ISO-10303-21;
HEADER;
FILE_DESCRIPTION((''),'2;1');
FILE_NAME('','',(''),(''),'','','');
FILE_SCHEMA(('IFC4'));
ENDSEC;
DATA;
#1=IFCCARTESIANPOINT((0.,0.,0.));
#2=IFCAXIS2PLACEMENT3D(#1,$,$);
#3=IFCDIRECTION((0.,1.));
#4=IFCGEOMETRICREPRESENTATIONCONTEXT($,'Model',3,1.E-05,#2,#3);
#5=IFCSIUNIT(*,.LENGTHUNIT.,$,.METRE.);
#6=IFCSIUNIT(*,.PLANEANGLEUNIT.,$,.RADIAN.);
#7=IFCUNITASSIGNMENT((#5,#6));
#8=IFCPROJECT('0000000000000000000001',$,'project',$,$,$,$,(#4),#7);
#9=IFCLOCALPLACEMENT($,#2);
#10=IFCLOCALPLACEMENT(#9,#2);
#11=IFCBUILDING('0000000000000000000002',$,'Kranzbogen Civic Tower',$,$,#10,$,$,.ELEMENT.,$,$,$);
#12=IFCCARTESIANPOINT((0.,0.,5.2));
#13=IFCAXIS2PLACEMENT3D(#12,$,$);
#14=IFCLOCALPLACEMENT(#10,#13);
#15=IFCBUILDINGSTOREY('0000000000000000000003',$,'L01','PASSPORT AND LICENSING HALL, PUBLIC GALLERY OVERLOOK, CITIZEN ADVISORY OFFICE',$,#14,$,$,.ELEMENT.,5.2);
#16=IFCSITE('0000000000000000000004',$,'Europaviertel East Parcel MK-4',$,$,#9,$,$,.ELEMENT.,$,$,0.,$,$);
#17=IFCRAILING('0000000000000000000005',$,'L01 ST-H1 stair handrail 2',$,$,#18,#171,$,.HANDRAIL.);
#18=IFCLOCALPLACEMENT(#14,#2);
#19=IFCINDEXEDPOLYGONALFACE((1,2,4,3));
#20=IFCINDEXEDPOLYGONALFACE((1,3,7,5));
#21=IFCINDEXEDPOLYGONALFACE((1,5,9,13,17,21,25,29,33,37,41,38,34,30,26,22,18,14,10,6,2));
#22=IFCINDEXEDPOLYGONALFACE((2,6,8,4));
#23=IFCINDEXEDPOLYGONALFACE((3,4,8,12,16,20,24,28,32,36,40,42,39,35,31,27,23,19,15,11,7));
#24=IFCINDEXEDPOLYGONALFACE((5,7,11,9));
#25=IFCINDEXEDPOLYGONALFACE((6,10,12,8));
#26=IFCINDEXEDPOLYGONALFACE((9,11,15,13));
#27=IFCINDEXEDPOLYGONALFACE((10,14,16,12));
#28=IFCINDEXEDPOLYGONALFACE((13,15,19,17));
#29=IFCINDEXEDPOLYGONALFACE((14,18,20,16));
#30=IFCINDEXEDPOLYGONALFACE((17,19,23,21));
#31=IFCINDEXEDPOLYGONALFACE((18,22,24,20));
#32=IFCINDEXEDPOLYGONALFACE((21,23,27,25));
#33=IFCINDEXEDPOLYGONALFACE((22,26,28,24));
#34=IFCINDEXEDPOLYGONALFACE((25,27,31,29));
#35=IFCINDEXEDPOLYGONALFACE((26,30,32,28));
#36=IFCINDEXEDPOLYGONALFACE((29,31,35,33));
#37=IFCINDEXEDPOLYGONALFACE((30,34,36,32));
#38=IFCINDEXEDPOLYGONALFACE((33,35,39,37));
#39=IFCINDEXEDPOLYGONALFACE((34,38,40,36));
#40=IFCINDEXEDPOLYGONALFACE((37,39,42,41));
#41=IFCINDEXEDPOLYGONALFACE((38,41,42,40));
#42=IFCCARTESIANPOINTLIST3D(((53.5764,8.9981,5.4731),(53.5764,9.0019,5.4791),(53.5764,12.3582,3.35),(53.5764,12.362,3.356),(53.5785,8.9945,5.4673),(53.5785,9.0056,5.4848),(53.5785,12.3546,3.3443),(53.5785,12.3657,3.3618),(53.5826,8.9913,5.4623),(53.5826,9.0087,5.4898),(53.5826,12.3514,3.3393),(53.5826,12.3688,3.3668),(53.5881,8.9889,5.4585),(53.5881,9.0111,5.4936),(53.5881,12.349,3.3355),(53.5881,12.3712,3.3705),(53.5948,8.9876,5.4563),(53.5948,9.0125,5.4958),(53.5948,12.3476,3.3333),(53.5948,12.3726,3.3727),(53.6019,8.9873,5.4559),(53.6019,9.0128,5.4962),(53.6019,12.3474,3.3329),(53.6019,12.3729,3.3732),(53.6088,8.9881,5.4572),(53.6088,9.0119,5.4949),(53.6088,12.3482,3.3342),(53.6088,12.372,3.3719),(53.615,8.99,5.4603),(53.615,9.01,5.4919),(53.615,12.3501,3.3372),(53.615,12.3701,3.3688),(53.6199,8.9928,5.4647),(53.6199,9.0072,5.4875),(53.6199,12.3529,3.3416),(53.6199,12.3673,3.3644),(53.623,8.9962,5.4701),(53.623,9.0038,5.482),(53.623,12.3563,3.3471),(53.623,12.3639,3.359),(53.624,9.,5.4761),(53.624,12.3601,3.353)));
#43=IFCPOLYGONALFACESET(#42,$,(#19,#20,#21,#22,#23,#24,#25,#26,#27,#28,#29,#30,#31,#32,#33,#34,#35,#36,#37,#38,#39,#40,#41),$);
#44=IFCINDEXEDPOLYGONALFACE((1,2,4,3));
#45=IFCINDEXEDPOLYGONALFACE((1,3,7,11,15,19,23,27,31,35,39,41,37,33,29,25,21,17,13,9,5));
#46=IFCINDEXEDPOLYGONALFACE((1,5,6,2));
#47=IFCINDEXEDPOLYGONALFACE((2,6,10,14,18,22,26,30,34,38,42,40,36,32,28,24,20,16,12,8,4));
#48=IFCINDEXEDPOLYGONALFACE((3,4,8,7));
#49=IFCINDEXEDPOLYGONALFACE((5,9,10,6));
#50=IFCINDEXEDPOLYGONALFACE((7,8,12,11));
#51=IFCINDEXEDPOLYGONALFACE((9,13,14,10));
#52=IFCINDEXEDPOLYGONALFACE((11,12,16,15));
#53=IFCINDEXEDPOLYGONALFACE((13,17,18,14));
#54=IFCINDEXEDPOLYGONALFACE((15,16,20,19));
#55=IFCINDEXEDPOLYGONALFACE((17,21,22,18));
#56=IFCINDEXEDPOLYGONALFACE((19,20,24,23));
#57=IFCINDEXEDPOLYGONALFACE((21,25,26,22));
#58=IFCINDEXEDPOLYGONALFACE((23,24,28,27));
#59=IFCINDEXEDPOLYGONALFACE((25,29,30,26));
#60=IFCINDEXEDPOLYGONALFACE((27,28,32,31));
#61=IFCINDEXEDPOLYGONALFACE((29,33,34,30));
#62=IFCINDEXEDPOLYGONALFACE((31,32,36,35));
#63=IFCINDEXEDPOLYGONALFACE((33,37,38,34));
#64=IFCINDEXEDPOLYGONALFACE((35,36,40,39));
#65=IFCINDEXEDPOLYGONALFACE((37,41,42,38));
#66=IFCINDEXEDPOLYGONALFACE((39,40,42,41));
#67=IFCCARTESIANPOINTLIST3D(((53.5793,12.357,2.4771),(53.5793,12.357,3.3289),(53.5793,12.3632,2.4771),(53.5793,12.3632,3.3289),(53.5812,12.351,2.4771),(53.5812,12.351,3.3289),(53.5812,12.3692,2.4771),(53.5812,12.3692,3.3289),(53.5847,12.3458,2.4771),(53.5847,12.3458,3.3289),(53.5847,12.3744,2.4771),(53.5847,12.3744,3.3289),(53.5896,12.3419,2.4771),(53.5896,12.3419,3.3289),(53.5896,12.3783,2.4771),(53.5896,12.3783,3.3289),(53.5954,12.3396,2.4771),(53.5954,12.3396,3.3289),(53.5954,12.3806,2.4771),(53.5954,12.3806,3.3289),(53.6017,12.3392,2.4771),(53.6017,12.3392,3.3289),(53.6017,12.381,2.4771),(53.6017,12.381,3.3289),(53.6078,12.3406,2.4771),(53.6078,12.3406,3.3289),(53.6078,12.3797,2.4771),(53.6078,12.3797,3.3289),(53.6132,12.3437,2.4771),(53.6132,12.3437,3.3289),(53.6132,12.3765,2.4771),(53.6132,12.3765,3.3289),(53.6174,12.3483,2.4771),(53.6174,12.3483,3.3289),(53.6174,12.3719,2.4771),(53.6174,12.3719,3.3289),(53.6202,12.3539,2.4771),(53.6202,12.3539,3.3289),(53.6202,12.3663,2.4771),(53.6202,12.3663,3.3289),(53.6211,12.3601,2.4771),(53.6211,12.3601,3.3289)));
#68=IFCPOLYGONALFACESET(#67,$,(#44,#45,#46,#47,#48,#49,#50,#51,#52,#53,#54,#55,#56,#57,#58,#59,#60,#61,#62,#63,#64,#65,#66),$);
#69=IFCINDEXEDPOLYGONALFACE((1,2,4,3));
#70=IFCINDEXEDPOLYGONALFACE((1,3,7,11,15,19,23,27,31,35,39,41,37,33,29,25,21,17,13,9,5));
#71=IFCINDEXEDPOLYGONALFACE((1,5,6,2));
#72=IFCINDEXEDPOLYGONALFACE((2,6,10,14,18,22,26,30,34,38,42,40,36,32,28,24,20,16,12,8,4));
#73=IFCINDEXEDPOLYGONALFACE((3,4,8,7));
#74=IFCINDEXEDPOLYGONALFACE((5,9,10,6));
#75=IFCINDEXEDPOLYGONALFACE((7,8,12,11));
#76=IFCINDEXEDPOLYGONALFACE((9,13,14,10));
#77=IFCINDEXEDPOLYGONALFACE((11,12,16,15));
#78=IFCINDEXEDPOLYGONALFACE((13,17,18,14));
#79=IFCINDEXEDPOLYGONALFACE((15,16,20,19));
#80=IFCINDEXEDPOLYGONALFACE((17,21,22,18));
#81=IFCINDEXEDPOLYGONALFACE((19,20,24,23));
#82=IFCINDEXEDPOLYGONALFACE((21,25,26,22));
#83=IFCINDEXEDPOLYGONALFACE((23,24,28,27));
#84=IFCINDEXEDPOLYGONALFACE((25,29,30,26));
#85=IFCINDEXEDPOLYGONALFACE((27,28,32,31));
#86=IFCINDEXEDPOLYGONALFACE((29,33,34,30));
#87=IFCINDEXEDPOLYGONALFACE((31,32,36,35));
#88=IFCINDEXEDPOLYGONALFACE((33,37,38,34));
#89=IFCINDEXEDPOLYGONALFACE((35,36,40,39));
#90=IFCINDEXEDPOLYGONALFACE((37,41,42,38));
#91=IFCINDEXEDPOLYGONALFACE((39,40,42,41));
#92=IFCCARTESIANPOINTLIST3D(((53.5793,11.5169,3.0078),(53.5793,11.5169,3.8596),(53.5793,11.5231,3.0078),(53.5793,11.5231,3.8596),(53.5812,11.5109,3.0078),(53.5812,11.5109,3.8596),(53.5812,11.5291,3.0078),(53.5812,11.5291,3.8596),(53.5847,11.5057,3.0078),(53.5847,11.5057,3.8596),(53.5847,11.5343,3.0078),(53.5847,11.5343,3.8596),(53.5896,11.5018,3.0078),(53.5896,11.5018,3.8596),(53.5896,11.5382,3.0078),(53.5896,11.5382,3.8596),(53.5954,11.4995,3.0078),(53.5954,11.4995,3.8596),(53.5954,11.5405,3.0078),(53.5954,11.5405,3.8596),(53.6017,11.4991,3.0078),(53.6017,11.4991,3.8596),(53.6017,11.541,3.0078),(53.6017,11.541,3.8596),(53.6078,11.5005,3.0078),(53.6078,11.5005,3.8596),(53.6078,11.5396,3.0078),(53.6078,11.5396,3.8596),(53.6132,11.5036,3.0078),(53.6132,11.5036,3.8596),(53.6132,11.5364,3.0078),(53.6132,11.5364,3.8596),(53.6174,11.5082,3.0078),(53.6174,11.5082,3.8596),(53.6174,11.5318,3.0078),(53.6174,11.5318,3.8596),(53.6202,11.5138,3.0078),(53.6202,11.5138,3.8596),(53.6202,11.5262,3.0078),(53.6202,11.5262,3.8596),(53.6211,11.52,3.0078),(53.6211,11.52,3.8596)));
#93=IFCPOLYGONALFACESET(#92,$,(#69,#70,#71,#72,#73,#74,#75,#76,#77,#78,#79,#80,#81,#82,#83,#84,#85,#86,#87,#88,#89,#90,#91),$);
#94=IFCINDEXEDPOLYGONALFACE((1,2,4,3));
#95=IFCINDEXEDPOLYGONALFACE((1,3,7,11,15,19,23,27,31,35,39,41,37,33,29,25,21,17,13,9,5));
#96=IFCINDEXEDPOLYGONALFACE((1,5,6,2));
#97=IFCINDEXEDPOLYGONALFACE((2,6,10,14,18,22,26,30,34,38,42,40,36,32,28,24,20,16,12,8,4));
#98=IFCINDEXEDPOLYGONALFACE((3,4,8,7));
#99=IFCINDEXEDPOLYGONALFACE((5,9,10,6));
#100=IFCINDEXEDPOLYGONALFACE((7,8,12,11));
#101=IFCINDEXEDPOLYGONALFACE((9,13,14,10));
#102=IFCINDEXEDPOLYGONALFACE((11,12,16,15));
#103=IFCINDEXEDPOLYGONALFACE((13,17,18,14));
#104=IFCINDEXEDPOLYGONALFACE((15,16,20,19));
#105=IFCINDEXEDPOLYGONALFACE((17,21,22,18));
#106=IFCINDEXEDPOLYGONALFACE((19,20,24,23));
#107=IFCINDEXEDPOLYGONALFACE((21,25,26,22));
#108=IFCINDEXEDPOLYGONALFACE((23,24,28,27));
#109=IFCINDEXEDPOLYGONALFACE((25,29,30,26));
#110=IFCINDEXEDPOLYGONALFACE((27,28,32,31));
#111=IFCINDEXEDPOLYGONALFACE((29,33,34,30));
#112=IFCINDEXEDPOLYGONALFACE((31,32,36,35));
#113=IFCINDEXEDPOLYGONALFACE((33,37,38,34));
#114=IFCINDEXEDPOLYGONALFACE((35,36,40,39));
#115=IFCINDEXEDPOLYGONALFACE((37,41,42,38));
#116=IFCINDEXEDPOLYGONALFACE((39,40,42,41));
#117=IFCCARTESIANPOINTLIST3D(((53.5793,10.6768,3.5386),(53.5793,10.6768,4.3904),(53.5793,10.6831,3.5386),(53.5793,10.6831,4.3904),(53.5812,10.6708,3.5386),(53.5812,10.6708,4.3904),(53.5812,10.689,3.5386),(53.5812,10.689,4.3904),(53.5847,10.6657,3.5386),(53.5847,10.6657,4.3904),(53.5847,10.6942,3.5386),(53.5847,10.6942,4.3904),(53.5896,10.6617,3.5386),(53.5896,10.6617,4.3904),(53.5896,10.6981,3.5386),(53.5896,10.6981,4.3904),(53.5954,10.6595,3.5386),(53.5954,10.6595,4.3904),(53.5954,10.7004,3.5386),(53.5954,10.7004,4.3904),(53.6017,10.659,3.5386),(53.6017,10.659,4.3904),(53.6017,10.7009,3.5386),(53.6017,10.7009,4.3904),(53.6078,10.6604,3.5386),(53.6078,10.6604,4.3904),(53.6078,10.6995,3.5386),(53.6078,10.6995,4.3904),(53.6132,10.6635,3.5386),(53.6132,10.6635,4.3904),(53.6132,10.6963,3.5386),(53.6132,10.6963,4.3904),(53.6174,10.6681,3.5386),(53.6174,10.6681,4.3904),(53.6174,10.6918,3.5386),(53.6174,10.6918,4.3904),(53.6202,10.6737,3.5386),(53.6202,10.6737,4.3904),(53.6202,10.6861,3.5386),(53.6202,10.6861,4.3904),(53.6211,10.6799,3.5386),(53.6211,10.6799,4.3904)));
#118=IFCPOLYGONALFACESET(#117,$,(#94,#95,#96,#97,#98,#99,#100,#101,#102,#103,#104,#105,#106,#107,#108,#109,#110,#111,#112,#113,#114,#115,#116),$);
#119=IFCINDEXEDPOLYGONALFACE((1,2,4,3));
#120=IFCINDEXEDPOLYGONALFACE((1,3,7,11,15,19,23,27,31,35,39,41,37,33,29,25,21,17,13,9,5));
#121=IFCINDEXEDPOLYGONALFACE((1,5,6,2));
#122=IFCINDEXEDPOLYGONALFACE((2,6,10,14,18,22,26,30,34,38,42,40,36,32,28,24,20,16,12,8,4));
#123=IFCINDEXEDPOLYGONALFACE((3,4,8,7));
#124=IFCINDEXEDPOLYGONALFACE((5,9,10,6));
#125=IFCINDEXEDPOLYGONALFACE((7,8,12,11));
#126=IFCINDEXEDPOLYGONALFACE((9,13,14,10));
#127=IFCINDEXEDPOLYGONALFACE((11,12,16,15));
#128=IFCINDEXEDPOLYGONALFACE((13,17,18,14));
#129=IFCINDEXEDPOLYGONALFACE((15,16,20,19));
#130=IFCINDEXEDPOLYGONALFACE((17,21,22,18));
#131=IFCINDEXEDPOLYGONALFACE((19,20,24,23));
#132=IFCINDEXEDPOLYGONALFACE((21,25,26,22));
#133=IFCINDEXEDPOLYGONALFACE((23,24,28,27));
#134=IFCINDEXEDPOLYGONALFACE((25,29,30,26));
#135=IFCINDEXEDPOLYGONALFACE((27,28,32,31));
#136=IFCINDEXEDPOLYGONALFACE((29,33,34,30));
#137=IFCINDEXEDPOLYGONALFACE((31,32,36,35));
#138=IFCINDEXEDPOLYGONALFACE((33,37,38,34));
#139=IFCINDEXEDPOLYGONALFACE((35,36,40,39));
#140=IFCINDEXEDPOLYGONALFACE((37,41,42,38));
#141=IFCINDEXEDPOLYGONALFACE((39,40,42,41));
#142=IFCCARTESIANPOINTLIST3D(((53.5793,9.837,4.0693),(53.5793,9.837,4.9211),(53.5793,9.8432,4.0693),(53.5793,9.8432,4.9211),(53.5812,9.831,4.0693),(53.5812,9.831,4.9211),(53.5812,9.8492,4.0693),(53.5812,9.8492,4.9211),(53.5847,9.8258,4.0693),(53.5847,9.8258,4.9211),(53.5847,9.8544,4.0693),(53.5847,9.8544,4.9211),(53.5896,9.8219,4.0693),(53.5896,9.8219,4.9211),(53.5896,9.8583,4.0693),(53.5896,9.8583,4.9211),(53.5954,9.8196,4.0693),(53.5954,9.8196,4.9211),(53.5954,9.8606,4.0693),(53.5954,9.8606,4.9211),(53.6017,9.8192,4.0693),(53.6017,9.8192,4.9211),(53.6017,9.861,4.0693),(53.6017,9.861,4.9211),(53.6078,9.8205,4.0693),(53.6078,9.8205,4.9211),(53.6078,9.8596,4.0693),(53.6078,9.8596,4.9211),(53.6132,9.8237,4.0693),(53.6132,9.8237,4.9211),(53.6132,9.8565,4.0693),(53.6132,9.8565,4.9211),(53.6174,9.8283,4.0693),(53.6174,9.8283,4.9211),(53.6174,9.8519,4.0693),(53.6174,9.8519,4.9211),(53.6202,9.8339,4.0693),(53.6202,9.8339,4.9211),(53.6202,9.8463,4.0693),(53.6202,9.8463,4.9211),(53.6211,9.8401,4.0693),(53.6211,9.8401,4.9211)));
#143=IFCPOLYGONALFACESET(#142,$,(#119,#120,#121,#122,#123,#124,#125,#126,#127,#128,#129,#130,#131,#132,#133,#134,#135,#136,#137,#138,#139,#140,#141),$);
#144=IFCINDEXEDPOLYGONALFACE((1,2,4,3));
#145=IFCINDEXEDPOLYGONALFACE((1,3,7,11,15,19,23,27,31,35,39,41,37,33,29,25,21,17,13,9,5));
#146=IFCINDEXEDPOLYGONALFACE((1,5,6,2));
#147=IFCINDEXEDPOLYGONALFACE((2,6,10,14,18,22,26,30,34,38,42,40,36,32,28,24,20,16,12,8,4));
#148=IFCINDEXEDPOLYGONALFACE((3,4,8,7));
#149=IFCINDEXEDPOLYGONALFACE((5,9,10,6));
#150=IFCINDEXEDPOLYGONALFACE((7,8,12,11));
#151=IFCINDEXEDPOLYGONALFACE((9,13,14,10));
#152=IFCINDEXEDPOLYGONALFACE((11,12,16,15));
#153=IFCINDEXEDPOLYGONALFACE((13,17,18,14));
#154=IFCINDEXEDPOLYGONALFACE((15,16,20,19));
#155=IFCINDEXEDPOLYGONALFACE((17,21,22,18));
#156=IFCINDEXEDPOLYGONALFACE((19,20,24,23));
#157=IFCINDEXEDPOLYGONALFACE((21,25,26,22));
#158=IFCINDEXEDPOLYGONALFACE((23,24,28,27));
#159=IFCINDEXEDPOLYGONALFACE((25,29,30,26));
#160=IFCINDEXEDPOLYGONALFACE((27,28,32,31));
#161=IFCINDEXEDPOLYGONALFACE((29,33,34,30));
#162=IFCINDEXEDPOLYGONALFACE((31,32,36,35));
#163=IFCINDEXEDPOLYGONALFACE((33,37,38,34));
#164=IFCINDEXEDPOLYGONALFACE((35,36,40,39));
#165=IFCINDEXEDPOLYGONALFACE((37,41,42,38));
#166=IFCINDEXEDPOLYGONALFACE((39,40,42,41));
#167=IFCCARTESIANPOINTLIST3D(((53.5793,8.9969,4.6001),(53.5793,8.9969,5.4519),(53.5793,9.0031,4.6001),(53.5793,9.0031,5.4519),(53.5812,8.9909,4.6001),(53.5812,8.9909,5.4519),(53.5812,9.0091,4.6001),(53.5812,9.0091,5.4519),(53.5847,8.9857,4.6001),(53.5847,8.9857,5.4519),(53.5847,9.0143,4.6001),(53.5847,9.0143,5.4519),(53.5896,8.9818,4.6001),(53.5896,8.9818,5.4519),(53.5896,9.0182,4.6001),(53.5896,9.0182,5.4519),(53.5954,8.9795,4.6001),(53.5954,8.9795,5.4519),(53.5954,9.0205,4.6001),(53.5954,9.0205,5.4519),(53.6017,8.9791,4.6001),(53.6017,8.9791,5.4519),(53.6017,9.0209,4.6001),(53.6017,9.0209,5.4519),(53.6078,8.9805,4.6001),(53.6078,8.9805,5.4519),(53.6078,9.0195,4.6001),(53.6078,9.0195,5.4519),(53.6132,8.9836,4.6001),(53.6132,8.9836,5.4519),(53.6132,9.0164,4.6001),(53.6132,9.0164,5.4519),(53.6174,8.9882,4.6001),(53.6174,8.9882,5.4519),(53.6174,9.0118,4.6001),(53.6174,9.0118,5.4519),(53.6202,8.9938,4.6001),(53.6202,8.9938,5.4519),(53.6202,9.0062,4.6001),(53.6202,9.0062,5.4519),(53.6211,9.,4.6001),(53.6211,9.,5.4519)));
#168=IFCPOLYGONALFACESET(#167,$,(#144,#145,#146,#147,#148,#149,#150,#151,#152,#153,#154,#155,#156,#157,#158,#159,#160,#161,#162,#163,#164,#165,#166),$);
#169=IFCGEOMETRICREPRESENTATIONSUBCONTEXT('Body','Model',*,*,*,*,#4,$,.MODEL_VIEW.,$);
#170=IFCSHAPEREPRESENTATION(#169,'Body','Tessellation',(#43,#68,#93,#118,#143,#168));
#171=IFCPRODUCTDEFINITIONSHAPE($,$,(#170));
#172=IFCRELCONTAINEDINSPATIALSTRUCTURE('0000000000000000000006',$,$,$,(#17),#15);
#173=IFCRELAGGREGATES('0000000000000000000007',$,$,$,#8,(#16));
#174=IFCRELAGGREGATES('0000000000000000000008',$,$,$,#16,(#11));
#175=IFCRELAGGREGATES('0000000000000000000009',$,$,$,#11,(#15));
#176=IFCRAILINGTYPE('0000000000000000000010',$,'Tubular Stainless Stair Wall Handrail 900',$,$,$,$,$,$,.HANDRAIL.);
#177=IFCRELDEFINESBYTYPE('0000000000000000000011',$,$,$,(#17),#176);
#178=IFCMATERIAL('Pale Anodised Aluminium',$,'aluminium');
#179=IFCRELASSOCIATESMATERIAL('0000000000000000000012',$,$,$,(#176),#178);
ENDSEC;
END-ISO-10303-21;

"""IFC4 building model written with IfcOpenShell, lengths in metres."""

from ifc_helpers import new_model, si_unit, direction, frame, origin, origin_2d, place, context, subcontext, project, spatial, circle, extrude, material, type_object, element, save


model = new_model("IFC4")

# Units and contexts
model_context = context("Model", 3, precision=1e-05, world=origin(), true_north=direction((0.0, 1.0)))
body_context = subcontext(model_context, "Body", "Model", "MODEL_VIEW")
ifc_project = project(units=[si_unit("LENGTHUNIT", "METRE"), si_unit("PLANEANGLEUNIT", "RADIAN")], contexts=[model_context])

# Site, building, storey
site_placement = place(None, origin())
site = spatial("IfcSite", under=ifc_project, at=site_placement, Name="Europaviertel East Parcel MK-4", CompositionType="ELEMENT", RefElevation=0.0)
building_placement = place(site_placement, origin())
building = spatial("IfcBuilding", under=site, at=building_placement, Name="Kranzbogen Civic Tower", CompositionType="ELEMENT")
storey_placement = place(building_placement, frame((0.0, 0.0, 5.2)))
storey = spatial("IfcBuildingStorey", under=building, at=storey_placement, Name="L01", Description="PASSPORT AND LICENSING HALL, PUBLIC GALLERY OVERLOOK, CITIZEN ADVISORY OFFICE", CompositionType="ELEMENT", Elevation=5.2)

# Shared definitions
ifc_material_1 = material(Name="Pale Anodised Aluminium", Category="aluminium")

# Railing
railing_type_1 = type_object("IfcRailingType", Name="Tubular Stainless Stair Wall Handrail 900", PredefinedType="HANDRAIL", material=ifc_material_1)
railing_1_placement = place(storey_placement, frame((53.6001, 12.3601, 2.4771)))
element("IfcRailing", 1, at=railing_1_placement, inside=storey, type_object=railing_type_1, Name="L01 ST-H1 stair handrail 2", PredefinedType="HANDRAIL", context=body_context, shape_type="SweptSolid", body=[
    extrude(circle(Radius=0.0239, at=origin_2d()), frame((0.0, 0.0, 0.876), z_axis=(0.0, -0.84539, 0.53415), x_axis=(1.0, 0.0, 0.0)), (0.0, 0.0, 1.0), 3.9746),
    extrude(circle(Radius=0.021, at=origin_2d()), origin(), (0.0, 0.0, 1.0), 0.8518),
    extrude(circle(Radius=0.021, at=origin_2d()), frame((0.0, -0.8401, 0.5308)), (0.0, 0.0, 1.0), 0.8518),
    extrude(circle(Radius=0.021, at=origin_2d()), frame((0.0, -1.6802, 1.0615)), (0.0, 0.0, 1.0), 0.8518),
    extrude(circle(Radius=0.021, at=origin_2d()), frame((0.0, -2.52, 1.5923)), (0.0, 0.0, 1.0), 0.8518),
    extrude(circle(Radius=0.021, at=origin_2d()), frame((0.0, -3.3601, 2.123)), (0.0, 0.0, 1.0), 0.8518),
])

save(model, "model.ifc")
